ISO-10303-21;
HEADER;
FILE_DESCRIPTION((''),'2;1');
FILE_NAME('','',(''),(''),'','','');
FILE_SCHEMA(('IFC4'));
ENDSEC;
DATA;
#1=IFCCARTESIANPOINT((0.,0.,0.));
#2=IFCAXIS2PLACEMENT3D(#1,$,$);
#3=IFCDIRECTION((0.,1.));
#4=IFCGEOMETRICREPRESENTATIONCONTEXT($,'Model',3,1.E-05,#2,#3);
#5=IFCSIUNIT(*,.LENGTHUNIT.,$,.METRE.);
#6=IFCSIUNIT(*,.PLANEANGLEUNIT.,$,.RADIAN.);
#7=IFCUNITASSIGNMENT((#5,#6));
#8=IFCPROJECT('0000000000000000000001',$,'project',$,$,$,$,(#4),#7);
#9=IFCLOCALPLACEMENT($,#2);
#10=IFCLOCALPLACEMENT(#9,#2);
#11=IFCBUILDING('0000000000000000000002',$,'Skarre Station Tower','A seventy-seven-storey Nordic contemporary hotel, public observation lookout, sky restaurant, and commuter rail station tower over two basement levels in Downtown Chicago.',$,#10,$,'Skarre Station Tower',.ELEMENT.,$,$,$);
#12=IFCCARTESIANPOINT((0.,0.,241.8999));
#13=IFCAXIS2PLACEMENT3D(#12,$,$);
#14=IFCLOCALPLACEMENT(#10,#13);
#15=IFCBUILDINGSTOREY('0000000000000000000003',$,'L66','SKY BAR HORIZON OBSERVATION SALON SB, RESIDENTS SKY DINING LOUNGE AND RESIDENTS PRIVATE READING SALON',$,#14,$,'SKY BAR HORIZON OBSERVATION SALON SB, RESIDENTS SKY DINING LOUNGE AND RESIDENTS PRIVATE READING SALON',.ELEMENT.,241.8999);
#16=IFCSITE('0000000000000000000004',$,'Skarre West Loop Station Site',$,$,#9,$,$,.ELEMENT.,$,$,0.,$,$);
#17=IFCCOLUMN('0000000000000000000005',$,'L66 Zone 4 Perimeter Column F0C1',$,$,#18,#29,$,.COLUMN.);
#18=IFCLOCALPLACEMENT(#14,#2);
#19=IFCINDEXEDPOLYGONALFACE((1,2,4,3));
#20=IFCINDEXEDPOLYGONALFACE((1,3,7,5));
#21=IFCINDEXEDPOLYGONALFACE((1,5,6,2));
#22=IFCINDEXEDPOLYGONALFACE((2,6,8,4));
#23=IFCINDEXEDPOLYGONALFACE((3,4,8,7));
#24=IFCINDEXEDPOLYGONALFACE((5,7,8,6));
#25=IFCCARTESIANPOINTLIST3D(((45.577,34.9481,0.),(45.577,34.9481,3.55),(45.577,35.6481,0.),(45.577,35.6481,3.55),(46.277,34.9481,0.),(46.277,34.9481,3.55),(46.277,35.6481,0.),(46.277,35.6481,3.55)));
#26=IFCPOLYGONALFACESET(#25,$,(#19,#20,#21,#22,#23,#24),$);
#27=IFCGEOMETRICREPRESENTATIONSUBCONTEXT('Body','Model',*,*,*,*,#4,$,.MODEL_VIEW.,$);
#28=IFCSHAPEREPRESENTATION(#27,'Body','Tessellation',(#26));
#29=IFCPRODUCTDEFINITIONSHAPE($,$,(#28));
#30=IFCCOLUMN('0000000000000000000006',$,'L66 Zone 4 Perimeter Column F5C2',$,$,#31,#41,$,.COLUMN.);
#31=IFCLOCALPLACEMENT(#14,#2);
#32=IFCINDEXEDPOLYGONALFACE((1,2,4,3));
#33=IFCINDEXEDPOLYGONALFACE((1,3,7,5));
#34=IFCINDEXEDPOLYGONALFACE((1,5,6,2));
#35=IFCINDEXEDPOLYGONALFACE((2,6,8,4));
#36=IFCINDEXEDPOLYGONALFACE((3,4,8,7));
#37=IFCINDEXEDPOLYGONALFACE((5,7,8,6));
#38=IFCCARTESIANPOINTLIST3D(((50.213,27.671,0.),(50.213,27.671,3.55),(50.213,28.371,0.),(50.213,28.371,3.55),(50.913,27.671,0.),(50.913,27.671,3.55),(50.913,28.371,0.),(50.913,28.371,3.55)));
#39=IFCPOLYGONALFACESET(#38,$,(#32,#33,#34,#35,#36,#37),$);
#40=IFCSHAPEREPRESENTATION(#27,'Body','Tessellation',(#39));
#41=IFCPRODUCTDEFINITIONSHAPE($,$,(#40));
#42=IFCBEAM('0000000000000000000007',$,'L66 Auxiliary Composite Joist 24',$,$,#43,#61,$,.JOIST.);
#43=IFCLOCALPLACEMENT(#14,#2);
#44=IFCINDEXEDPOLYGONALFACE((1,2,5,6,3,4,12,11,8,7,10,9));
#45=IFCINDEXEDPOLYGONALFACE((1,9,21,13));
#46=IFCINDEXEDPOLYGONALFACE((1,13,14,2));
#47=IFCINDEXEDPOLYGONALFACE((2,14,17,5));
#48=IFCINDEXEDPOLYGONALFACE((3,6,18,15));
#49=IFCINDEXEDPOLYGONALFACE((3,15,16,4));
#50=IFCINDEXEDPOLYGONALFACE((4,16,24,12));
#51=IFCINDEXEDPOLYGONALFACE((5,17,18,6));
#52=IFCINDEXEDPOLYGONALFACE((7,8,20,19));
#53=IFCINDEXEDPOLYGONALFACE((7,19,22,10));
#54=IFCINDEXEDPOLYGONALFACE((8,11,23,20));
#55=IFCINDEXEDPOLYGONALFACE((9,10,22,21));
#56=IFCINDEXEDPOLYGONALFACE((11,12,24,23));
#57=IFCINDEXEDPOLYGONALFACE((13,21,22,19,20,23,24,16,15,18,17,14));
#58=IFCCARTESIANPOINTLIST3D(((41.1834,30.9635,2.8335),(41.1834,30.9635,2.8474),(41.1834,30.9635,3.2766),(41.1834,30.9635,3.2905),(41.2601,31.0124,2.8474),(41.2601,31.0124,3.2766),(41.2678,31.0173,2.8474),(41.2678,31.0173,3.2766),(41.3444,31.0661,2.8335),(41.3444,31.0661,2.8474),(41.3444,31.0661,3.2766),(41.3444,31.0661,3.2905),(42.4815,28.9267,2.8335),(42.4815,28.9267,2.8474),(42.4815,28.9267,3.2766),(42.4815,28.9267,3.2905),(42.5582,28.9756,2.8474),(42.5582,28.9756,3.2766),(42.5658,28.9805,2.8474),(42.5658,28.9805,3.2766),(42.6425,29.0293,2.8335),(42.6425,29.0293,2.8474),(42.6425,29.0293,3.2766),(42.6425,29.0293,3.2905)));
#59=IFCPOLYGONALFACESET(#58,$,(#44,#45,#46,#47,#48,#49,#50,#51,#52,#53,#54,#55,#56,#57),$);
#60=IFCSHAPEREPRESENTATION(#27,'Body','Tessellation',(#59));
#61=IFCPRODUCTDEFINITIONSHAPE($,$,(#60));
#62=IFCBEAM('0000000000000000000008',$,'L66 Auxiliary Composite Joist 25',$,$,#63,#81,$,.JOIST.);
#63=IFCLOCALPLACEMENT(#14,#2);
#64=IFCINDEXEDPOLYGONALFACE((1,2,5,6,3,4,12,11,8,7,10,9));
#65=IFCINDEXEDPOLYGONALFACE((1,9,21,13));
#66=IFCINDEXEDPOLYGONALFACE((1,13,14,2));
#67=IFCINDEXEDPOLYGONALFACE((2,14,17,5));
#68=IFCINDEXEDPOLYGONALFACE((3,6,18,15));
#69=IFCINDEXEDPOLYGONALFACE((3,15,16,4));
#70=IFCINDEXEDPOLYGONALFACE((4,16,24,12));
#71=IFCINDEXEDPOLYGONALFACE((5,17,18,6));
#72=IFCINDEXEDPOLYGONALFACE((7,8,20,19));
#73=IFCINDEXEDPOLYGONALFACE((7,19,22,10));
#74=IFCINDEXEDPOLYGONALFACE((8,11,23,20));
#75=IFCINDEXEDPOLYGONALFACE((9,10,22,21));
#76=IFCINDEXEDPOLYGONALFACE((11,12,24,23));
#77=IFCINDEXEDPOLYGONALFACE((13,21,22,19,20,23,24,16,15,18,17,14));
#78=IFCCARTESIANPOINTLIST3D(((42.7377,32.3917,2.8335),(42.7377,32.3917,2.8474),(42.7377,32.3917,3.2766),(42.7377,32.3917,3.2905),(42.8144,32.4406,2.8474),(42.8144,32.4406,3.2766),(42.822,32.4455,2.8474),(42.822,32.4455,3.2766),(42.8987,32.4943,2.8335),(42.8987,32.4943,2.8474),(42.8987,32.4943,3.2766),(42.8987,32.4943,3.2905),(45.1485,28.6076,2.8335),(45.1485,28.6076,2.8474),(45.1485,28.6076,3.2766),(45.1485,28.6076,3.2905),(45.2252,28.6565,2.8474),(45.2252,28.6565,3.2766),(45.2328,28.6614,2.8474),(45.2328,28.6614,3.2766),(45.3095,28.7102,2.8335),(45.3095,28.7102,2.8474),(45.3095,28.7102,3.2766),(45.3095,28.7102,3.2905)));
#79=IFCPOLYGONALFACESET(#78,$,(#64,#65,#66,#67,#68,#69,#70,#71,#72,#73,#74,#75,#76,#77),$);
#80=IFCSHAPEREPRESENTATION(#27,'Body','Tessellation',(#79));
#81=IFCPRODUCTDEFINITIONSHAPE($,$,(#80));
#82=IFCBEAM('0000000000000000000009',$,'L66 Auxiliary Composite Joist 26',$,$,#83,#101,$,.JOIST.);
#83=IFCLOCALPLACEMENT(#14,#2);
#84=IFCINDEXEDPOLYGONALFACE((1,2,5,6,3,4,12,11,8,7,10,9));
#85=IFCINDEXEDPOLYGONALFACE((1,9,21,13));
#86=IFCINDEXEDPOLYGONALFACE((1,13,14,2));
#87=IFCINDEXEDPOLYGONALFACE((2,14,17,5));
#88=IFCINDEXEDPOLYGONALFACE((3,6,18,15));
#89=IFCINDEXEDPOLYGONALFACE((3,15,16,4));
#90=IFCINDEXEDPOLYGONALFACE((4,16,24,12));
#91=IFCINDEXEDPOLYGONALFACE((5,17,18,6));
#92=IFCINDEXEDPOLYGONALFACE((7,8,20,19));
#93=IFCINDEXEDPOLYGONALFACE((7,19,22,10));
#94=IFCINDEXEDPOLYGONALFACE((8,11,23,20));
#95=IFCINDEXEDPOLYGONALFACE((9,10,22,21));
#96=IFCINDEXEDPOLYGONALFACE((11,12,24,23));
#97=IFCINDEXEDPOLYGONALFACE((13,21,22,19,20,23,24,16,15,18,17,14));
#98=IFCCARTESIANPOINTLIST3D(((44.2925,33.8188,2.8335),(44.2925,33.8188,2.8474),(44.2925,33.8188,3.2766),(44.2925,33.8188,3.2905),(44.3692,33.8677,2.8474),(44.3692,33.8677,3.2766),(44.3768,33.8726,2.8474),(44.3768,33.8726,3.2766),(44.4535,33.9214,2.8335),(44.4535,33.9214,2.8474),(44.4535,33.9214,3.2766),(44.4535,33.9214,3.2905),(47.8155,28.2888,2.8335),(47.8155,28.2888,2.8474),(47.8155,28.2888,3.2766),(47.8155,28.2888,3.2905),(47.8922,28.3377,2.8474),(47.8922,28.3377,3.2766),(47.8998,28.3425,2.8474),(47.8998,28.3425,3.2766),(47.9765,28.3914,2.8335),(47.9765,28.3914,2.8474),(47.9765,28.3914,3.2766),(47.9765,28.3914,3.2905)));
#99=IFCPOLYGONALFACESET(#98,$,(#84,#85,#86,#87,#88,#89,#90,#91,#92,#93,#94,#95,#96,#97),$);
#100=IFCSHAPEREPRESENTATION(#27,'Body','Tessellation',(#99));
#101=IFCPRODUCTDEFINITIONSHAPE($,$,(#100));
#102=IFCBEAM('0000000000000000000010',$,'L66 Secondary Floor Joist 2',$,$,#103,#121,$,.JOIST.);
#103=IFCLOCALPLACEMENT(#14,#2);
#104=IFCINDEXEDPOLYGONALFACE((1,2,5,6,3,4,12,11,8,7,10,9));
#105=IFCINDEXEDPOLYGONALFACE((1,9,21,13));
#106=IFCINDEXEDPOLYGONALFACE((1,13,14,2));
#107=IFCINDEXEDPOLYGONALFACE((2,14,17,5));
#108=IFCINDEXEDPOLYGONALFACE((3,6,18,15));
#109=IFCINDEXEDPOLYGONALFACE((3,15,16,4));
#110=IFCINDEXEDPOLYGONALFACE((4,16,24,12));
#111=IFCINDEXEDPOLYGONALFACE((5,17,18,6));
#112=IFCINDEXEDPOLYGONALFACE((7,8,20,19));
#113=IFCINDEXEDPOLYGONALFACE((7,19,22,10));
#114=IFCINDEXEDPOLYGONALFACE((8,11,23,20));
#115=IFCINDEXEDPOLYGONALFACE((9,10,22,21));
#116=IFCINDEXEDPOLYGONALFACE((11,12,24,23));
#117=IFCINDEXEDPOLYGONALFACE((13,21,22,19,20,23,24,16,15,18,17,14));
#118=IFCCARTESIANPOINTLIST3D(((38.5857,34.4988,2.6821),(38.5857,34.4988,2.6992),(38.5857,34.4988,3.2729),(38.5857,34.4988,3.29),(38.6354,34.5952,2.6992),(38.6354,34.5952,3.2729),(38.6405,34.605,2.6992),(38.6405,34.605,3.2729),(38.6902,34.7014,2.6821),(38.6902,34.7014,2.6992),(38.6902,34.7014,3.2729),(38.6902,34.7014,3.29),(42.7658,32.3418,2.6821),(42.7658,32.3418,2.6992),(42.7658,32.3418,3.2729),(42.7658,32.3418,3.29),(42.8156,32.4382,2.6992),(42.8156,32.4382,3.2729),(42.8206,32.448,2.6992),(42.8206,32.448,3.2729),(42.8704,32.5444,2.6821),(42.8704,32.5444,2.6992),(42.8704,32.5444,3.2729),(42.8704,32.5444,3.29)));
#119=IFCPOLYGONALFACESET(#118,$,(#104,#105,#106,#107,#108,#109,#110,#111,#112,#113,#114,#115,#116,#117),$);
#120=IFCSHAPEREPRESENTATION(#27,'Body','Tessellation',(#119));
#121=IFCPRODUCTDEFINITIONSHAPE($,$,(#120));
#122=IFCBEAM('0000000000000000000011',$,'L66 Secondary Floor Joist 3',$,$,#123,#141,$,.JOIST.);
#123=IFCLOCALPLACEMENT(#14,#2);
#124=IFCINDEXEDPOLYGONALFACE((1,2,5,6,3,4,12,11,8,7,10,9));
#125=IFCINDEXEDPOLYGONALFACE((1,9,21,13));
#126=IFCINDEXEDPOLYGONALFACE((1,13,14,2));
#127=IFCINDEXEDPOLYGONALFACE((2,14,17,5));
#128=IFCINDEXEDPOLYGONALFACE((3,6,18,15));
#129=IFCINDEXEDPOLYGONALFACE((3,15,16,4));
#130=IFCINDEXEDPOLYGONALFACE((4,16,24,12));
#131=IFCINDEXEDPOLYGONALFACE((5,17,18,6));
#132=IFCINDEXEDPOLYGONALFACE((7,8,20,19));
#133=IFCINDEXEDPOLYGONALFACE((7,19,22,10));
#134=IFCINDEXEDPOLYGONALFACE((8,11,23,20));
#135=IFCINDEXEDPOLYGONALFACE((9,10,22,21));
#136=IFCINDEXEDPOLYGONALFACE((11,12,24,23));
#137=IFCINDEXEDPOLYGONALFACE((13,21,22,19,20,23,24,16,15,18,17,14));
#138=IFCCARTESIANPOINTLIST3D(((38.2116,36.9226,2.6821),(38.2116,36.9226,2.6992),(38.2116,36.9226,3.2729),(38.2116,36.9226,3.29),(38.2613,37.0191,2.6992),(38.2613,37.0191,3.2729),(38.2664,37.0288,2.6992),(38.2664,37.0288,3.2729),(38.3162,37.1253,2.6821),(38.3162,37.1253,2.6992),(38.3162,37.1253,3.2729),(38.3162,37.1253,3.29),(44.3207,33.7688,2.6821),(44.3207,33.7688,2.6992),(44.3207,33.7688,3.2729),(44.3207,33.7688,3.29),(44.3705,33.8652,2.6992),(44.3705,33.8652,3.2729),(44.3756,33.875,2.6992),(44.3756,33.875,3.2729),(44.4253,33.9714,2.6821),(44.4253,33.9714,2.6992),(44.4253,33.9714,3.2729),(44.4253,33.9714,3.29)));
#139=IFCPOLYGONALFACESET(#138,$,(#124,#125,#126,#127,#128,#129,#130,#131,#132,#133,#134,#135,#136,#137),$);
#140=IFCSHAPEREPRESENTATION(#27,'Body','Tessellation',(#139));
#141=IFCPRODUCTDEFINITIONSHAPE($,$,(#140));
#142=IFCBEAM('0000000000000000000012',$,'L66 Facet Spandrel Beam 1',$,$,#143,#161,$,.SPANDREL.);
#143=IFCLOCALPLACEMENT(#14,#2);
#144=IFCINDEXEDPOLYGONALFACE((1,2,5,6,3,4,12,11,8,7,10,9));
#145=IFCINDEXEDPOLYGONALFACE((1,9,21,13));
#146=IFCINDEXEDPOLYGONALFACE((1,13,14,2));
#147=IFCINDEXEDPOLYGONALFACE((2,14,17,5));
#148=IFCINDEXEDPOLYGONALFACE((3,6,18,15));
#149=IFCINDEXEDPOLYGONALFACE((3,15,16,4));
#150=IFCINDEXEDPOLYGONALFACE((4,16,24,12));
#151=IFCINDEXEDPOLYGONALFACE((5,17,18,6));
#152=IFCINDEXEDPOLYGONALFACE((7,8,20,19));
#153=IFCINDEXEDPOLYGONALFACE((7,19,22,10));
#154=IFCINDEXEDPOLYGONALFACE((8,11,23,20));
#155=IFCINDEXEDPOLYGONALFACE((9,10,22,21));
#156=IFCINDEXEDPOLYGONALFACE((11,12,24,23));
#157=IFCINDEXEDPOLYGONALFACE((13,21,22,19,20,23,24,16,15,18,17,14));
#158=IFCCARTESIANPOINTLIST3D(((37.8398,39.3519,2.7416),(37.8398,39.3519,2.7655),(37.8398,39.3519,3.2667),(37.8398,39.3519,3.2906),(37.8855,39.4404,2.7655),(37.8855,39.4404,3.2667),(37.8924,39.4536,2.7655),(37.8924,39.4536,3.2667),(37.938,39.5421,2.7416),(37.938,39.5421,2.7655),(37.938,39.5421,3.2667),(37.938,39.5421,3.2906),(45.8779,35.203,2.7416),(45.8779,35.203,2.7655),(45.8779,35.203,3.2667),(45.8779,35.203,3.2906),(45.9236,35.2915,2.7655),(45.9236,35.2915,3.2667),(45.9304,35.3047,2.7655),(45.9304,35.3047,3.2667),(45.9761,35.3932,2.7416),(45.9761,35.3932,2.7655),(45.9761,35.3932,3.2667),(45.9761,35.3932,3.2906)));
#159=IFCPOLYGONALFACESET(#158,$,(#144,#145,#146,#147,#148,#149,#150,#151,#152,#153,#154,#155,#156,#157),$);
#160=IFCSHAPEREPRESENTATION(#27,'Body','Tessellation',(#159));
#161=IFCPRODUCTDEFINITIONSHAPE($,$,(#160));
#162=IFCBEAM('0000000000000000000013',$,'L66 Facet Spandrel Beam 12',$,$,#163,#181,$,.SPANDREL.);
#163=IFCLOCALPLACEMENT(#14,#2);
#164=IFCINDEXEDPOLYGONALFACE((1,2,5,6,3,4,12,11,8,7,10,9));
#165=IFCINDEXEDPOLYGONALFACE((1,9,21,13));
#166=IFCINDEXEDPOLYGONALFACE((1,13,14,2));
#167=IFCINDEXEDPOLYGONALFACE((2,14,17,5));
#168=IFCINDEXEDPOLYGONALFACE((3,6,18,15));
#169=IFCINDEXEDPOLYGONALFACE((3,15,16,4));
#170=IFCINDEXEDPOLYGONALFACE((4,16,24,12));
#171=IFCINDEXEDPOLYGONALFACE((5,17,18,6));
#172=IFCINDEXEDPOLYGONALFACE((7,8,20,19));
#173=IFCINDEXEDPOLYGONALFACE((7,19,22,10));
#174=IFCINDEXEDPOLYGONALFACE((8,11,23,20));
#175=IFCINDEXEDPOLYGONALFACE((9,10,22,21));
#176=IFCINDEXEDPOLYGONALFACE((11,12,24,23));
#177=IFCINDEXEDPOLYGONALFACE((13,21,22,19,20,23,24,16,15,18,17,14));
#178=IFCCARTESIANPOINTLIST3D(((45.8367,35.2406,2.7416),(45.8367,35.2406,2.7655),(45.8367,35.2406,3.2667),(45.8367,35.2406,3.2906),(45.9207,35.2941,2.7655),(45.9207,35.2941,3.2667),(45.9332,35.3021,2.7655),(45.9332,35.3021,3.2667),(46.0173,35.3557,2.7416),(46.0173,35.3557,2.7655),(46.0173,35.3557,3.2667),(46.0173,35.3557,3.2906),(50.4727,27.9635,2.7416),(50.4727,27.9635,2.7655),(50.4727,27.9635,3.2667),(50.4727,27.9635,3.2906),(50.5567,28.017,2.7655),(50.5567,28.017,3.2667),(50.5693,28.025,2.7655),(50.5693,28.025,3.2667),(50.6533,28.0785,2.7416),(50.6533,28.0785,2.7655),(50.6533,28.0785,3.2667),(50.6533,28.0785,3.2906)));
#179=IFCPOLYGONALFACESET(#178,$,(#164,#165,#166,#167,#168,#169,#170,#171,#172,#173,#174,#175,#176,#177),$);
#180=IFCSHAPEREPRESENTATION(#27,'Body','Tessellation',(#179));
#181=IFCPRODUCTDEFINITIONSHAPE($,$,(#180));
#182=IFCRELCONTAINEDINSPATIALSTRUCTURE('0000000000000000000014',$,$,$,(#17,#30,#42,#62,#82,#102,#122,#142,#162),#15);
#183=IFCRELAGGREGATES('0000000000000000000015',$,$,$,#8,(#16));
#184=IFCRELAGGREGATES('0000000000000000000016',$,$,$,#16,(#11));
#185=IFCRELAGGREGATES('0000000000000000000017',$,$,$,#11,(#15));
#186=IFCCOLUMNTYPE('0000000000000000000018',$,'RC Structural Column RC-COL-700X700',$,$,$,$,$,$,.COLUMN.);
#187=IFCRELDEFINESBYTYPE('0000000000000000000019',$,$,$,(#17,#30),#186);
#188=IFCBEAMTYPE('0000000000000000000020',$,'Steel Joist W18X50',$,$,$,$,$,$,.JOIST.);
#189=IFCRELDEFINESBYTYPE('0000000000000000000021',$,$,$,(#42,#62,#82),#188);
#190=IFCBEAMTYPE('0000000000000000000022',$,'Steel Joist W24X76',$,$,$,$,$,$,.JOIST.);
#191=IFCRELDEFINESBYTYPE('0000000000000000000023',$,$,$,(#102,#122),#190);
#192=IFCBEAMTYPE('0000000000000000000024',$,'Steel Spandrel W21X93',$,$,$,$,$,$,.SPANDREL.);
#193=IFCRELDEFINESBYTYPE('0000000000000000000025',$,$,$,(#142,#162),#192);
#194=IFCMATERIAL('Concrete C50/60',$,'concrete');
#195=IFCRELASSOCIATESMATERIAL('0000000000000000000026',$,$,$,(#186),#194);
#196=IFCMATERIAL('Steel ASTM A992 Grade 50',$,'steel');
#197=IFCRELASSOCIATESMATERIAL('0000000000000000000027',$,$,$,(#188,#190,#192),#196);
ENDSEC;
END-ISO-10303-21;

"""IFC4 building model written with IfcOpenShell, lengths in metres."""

from ifc_helpers import new_model, si_unit, direction, frame, origin, origin_2d, place, context, subcontext, project, spatial, rectangle, i_section, extrude, material, material_profile, profile_set, type_object, element, save


model = new_model("IFC4")

# Units and contexts
model_context = context("Model", 3, precision=1e-05, world=origin(), true_north=direction((0.0, 1.0)))
body_context = subcontext(model_context, "Body", "Model", "MODEL_VIEW")
ifc_project = project(units=[si_unit("LENGTHUNIT", "METRE"), si_unit("PLANEANGLEUNIT", "RADIAN")], contexts=[model_context])

# Site, building, storey
site_placement = place(None, origin())
site = spatial("IfcSite", under=ifc_project, at=site_placement, Name="Skarre West Loop Station Site", CompositionType="ELEMENT", RefElevation=0.0)
building_placement = place(site_placement, origin())
building = spatial("IfcBuilding", under=site, at=building_placement, Name="Skarre Station Tower", Description="A seventy-seven-storey Nordic contemporary hotel, public observation lookout, sky restaurant, and commuter rail station tower over two basement levels in Downtown Chicago.", LongName="Skarre Station Tower", CompositionType="ELEMENT")
storey_placement = place(building_placement, frame((0.0, 0.0, 241.8999)))
storey = spatial("IfcBuildingStorey", under=building, at=storey_placement, Name="L66", Description="SKY BAR HORIZON OBSERVATION SALON SB, RESIDENTS SKY DINING LOUNGE AND RESIDENTS PRIVATE READING SALON", LongName="SKY BAR HORIZON OBSERVATION SALON SB, RESIDENTS SKY DINING LOUNGE AND RESIDENTS PRIVATE READING SALON", CompositionType="ELEMENT", Elevation=241.8999)

# Columns
ifc_material_1 = material(Name="Concrete C50/60", Category="concrete")
ifc_material_profile_1 = material_profile(ifc_material_1, rectangle(XDim=0.7, YDim=0.7, at=origin_2d()), Name="Concrete C50/60")
ifc_profile_set_1 = profile_set([ifc_material_profile_1], Name="Concrete C50/60")
column_type = type_object("IfcColumnType", Name="RC Structural Column RC-COL-700X700", PredefinedType="COLUMN", material=ifc_profile_set_1)
for number, where, z_axis, x_axis, name in (
    (1, (45.927, 35.2981, 0.0), (0.0, 0.0, 1.0), (1.0, 0.0, 0.0), "L66 Zone 4 Perimeter Column F0C1"),
    (2, (50.563, 28.021, 0.0), (0.0, 0.0, 1.0), (1.0, 0.0, 0.0), "L66 Zone 4 Perimeter Column F5C2"),
):
    element("IfcColumn", number, at=place(storey_placement, frame(where, z_axis=z_axis, x_axis=x_axis)), inside=storey, type_object=column_type, Name=name, PredefinedType="COLUMN", context=body_context, shape_type="SweptSolid", body=[
        extrude(rectangle(XDim=0.7, YDim=0.7, at=origin_2d()), origin(), (0.0, 0.0, 1.0), 3.55),
    ])

# Beams
ifc_material_2 = material(Name="Steel ASTM A992 Grade 50", Category="steel")
ifc_material_profile_2 = material_profile(ifc_material_2, i_section(OverallWidth=0.1909, OverallDepth=0.457, WebThickness=0.009, FlangeThickness=0.0139, at=origin_2d()), Name="Steel ASTM A992 Grade 50")
ifc_profile_set_2 = profile_set([ifc_material_profile_2], Name="Steel ASTM A992 Grade 50")
beam_type_1 = type_object("IfcBeamType", Name="Steel Joist W18X50", PredefinedType="JOIST", material=ifc_profile_set_2)
beam_1_placement = place(storey_placement, frame((42.562, 28.978, 3.062), z_axis=(-0.537438, 0.843303, 0.0), x_axis=(-0.843303, -0.537438, 0.0)))
element("IfcBeam", 3, at=beam_1_placement, inside=storey, type_object=beam_type_1, Name="L66 Auxiliary Composite Joist 24", PredefinedType="JOIST", context=body_context, shape_type="SweptSolid", body=[
    extrude(i_section(OverallWidth=0.1909, OverallDepth=0.457, WebThickness=0.009, FlangeThickness=0.0139, at=origin_2d()), origin(), (0.0, 0.0, 1.0), 2.4153),
])
beam_2_placement = place(storey_placement, frame((45.229, 28.6589, 3.062), z_axis=(-0.537316, 0.843381, 0.0), x_axis=(-0.843381, -0.537316, 0.0)))
element("IfcBeam", 4, at=beam_2_placement, inside=storey, type_object=beam_type_1, Name="L66 Auxiliary Composite Joist 25", PredefinedType="JOIST", context=body_context, shape_type="SweptSolid", body=[
    extrude(i_section(OverallWidth=0.1909, OverallDepth=0.457, WebThickness=0.009, FlangeThickness=0.0139, at=origin_2d()), origin(), (0.0, 0.0, 1.0), 4.4868),
])
beam_3_placement = place(storey_placement, frame((47.896, 28.3401, 3.062), z_axis=(-0.537292, 0.843396, 0.0), x_axis=(-0.843396, -0.537292, 0.0)))
element("IfcBeam", 5, at=beam_3_placement, inside=storey, type_object=beam_type_1, Name="L66 Auxiliary Composite Joist 26", PredefinedType="JOIST", context=body_context, shape_type="SweptSolid", body=[
    extrude(i_section(OverallWidth=0.1909, OverallDepth=0.457, WebThickness=0.009, FlangeThickness=0.0139, at=origin_2d()), origin(), (0.0, 0.0, 1.0), 6.5569),
])
ifc_material_profile_3 = material_profile(ifc_material_2, i_section(OverallWidth=0.228, OverallDepth=0.6079, WebThickness=0.011, FlangeThickness=0.0171, at=origin_2d()), Name="Steel ASTM A992 Grade 50")
ifc_profile_set_3 = profile_set([ifc_material_profile_3], Name="Steel ASTM A992 Grade 50")
beam_type_2 = type_object("IfcBeamType", Name="Steel Joist W24X76", PredefinedType="JOIST", material=ifc_profile_set_3)
beam_4_placement = place(storey_placement, frame((42.8181, 32.4431, 2.9861), z_axis=(-0.888666, 0.458554, 0.0), x_axis=(-0.458554, -0.888666, 0.0)))
element("IfcBeam", 6, at=beam_4_placement, inside=storey, type_object=beam_type_2, Name="L66 Secondary Floor Joist 2", PredefinedType="JOIST", context=body_context, shape_type="SweptSolid", body=[
    extrude(i_section(OverallWidth=0.228, OverallDepth=0.6079, WebThickness=0.011, FlangeThickness=0.0171, at=origin_2d()), origin(), (0.0, 0.0, 1.0), 4.7039),
])
beam_5_placement = place(storey_placement, frame((44.373, 33.8701, 2.9861), z_axis=(-0.888579, 0.458724, 0.0), x_axis=(-0.458724, -0.888579, 0.0)))
element("IfcBeam", 7, at=beam_5_placement, inside=storey, type_object=beam_type_2, Name="L66 Secondary Floor Joist 3", PredefinedType="JOIST", context=body_context, shape_type="SweptSolid", body=[
    extrude(i_section(OverallWidth=0.228, OverallDepth=0.6079, WebThickness=0.011, FlangeThickness=0.0171, at=origin_2d()), origin(), (0.0, 0.0, 1.0), 6.8752),
])
ifc_material_profile_4 = material_profile(ifc_material_2, i_section(OverallWidth=0.2141, OverallDepth=0.5491, WebThickness=0.0149, FlangeThickness=0.0239, at=origin_2d()), Name="Steel ASTM A992 Grade 50")
ifc_profile_set_4 = profile_set([ifc_material_profile_4], Name="Steel ASTM A992 Grade 50")
beam_type_3 = type_object("IfcBeamType", Name="Steel Spandrel W21X93", PredefinedType="SPANDREL", material=ifc_profile_set_4)
beam_6_placement = place(storey_placement, frame((45.927, 35.2981, 3.0161), z_axis=(-0.88861, 0.458664, 0.0), x_axis=(-0.458664, -0.88861, 0.0)))
element("IfcBeam", 8, at=beam_6_placement, inside=storey, type_object=beam_type_3, Name="L66 Facet Spandrel Beam 1", PredefinedType="SPANDREL", context=body_context, shape_type="SweptSolid", body=[
    extrude(i_section(OverallWidth=0.2141, OverallDepth=0.5491, WebThickness=0.0149, FlangeThickness=0.0239, at=origin_2d()), origin(), (0.0, 0.0, 1.0), 9.0457),
])
beam_7_placement = place(storey_placement, frame((50.563, 28.021, 3.0161), z_axis=(-0.537297, 0.843393, 0.0), x_axis=(-0.843393, -0.537297, 0.0)))
element("IfcBeam", 9, at=beam_7_placement, inside=storey, type_object=beam_type_3, Name="L66 Facet Spandrel Beam 12", PredefinedType="SPANDREL", context=body_context, shape_type="SweptSolid", body=[
    extrude(i_section(OverallWidth=0.2141, OverallDepth=0.5491, WebThickness=0.0149, FlangeThickness=0.0239, at=origin_2d()), origin(), (0.0, 0.0, 1.0), 8.6284),
])

save(model, "model.ifc")
